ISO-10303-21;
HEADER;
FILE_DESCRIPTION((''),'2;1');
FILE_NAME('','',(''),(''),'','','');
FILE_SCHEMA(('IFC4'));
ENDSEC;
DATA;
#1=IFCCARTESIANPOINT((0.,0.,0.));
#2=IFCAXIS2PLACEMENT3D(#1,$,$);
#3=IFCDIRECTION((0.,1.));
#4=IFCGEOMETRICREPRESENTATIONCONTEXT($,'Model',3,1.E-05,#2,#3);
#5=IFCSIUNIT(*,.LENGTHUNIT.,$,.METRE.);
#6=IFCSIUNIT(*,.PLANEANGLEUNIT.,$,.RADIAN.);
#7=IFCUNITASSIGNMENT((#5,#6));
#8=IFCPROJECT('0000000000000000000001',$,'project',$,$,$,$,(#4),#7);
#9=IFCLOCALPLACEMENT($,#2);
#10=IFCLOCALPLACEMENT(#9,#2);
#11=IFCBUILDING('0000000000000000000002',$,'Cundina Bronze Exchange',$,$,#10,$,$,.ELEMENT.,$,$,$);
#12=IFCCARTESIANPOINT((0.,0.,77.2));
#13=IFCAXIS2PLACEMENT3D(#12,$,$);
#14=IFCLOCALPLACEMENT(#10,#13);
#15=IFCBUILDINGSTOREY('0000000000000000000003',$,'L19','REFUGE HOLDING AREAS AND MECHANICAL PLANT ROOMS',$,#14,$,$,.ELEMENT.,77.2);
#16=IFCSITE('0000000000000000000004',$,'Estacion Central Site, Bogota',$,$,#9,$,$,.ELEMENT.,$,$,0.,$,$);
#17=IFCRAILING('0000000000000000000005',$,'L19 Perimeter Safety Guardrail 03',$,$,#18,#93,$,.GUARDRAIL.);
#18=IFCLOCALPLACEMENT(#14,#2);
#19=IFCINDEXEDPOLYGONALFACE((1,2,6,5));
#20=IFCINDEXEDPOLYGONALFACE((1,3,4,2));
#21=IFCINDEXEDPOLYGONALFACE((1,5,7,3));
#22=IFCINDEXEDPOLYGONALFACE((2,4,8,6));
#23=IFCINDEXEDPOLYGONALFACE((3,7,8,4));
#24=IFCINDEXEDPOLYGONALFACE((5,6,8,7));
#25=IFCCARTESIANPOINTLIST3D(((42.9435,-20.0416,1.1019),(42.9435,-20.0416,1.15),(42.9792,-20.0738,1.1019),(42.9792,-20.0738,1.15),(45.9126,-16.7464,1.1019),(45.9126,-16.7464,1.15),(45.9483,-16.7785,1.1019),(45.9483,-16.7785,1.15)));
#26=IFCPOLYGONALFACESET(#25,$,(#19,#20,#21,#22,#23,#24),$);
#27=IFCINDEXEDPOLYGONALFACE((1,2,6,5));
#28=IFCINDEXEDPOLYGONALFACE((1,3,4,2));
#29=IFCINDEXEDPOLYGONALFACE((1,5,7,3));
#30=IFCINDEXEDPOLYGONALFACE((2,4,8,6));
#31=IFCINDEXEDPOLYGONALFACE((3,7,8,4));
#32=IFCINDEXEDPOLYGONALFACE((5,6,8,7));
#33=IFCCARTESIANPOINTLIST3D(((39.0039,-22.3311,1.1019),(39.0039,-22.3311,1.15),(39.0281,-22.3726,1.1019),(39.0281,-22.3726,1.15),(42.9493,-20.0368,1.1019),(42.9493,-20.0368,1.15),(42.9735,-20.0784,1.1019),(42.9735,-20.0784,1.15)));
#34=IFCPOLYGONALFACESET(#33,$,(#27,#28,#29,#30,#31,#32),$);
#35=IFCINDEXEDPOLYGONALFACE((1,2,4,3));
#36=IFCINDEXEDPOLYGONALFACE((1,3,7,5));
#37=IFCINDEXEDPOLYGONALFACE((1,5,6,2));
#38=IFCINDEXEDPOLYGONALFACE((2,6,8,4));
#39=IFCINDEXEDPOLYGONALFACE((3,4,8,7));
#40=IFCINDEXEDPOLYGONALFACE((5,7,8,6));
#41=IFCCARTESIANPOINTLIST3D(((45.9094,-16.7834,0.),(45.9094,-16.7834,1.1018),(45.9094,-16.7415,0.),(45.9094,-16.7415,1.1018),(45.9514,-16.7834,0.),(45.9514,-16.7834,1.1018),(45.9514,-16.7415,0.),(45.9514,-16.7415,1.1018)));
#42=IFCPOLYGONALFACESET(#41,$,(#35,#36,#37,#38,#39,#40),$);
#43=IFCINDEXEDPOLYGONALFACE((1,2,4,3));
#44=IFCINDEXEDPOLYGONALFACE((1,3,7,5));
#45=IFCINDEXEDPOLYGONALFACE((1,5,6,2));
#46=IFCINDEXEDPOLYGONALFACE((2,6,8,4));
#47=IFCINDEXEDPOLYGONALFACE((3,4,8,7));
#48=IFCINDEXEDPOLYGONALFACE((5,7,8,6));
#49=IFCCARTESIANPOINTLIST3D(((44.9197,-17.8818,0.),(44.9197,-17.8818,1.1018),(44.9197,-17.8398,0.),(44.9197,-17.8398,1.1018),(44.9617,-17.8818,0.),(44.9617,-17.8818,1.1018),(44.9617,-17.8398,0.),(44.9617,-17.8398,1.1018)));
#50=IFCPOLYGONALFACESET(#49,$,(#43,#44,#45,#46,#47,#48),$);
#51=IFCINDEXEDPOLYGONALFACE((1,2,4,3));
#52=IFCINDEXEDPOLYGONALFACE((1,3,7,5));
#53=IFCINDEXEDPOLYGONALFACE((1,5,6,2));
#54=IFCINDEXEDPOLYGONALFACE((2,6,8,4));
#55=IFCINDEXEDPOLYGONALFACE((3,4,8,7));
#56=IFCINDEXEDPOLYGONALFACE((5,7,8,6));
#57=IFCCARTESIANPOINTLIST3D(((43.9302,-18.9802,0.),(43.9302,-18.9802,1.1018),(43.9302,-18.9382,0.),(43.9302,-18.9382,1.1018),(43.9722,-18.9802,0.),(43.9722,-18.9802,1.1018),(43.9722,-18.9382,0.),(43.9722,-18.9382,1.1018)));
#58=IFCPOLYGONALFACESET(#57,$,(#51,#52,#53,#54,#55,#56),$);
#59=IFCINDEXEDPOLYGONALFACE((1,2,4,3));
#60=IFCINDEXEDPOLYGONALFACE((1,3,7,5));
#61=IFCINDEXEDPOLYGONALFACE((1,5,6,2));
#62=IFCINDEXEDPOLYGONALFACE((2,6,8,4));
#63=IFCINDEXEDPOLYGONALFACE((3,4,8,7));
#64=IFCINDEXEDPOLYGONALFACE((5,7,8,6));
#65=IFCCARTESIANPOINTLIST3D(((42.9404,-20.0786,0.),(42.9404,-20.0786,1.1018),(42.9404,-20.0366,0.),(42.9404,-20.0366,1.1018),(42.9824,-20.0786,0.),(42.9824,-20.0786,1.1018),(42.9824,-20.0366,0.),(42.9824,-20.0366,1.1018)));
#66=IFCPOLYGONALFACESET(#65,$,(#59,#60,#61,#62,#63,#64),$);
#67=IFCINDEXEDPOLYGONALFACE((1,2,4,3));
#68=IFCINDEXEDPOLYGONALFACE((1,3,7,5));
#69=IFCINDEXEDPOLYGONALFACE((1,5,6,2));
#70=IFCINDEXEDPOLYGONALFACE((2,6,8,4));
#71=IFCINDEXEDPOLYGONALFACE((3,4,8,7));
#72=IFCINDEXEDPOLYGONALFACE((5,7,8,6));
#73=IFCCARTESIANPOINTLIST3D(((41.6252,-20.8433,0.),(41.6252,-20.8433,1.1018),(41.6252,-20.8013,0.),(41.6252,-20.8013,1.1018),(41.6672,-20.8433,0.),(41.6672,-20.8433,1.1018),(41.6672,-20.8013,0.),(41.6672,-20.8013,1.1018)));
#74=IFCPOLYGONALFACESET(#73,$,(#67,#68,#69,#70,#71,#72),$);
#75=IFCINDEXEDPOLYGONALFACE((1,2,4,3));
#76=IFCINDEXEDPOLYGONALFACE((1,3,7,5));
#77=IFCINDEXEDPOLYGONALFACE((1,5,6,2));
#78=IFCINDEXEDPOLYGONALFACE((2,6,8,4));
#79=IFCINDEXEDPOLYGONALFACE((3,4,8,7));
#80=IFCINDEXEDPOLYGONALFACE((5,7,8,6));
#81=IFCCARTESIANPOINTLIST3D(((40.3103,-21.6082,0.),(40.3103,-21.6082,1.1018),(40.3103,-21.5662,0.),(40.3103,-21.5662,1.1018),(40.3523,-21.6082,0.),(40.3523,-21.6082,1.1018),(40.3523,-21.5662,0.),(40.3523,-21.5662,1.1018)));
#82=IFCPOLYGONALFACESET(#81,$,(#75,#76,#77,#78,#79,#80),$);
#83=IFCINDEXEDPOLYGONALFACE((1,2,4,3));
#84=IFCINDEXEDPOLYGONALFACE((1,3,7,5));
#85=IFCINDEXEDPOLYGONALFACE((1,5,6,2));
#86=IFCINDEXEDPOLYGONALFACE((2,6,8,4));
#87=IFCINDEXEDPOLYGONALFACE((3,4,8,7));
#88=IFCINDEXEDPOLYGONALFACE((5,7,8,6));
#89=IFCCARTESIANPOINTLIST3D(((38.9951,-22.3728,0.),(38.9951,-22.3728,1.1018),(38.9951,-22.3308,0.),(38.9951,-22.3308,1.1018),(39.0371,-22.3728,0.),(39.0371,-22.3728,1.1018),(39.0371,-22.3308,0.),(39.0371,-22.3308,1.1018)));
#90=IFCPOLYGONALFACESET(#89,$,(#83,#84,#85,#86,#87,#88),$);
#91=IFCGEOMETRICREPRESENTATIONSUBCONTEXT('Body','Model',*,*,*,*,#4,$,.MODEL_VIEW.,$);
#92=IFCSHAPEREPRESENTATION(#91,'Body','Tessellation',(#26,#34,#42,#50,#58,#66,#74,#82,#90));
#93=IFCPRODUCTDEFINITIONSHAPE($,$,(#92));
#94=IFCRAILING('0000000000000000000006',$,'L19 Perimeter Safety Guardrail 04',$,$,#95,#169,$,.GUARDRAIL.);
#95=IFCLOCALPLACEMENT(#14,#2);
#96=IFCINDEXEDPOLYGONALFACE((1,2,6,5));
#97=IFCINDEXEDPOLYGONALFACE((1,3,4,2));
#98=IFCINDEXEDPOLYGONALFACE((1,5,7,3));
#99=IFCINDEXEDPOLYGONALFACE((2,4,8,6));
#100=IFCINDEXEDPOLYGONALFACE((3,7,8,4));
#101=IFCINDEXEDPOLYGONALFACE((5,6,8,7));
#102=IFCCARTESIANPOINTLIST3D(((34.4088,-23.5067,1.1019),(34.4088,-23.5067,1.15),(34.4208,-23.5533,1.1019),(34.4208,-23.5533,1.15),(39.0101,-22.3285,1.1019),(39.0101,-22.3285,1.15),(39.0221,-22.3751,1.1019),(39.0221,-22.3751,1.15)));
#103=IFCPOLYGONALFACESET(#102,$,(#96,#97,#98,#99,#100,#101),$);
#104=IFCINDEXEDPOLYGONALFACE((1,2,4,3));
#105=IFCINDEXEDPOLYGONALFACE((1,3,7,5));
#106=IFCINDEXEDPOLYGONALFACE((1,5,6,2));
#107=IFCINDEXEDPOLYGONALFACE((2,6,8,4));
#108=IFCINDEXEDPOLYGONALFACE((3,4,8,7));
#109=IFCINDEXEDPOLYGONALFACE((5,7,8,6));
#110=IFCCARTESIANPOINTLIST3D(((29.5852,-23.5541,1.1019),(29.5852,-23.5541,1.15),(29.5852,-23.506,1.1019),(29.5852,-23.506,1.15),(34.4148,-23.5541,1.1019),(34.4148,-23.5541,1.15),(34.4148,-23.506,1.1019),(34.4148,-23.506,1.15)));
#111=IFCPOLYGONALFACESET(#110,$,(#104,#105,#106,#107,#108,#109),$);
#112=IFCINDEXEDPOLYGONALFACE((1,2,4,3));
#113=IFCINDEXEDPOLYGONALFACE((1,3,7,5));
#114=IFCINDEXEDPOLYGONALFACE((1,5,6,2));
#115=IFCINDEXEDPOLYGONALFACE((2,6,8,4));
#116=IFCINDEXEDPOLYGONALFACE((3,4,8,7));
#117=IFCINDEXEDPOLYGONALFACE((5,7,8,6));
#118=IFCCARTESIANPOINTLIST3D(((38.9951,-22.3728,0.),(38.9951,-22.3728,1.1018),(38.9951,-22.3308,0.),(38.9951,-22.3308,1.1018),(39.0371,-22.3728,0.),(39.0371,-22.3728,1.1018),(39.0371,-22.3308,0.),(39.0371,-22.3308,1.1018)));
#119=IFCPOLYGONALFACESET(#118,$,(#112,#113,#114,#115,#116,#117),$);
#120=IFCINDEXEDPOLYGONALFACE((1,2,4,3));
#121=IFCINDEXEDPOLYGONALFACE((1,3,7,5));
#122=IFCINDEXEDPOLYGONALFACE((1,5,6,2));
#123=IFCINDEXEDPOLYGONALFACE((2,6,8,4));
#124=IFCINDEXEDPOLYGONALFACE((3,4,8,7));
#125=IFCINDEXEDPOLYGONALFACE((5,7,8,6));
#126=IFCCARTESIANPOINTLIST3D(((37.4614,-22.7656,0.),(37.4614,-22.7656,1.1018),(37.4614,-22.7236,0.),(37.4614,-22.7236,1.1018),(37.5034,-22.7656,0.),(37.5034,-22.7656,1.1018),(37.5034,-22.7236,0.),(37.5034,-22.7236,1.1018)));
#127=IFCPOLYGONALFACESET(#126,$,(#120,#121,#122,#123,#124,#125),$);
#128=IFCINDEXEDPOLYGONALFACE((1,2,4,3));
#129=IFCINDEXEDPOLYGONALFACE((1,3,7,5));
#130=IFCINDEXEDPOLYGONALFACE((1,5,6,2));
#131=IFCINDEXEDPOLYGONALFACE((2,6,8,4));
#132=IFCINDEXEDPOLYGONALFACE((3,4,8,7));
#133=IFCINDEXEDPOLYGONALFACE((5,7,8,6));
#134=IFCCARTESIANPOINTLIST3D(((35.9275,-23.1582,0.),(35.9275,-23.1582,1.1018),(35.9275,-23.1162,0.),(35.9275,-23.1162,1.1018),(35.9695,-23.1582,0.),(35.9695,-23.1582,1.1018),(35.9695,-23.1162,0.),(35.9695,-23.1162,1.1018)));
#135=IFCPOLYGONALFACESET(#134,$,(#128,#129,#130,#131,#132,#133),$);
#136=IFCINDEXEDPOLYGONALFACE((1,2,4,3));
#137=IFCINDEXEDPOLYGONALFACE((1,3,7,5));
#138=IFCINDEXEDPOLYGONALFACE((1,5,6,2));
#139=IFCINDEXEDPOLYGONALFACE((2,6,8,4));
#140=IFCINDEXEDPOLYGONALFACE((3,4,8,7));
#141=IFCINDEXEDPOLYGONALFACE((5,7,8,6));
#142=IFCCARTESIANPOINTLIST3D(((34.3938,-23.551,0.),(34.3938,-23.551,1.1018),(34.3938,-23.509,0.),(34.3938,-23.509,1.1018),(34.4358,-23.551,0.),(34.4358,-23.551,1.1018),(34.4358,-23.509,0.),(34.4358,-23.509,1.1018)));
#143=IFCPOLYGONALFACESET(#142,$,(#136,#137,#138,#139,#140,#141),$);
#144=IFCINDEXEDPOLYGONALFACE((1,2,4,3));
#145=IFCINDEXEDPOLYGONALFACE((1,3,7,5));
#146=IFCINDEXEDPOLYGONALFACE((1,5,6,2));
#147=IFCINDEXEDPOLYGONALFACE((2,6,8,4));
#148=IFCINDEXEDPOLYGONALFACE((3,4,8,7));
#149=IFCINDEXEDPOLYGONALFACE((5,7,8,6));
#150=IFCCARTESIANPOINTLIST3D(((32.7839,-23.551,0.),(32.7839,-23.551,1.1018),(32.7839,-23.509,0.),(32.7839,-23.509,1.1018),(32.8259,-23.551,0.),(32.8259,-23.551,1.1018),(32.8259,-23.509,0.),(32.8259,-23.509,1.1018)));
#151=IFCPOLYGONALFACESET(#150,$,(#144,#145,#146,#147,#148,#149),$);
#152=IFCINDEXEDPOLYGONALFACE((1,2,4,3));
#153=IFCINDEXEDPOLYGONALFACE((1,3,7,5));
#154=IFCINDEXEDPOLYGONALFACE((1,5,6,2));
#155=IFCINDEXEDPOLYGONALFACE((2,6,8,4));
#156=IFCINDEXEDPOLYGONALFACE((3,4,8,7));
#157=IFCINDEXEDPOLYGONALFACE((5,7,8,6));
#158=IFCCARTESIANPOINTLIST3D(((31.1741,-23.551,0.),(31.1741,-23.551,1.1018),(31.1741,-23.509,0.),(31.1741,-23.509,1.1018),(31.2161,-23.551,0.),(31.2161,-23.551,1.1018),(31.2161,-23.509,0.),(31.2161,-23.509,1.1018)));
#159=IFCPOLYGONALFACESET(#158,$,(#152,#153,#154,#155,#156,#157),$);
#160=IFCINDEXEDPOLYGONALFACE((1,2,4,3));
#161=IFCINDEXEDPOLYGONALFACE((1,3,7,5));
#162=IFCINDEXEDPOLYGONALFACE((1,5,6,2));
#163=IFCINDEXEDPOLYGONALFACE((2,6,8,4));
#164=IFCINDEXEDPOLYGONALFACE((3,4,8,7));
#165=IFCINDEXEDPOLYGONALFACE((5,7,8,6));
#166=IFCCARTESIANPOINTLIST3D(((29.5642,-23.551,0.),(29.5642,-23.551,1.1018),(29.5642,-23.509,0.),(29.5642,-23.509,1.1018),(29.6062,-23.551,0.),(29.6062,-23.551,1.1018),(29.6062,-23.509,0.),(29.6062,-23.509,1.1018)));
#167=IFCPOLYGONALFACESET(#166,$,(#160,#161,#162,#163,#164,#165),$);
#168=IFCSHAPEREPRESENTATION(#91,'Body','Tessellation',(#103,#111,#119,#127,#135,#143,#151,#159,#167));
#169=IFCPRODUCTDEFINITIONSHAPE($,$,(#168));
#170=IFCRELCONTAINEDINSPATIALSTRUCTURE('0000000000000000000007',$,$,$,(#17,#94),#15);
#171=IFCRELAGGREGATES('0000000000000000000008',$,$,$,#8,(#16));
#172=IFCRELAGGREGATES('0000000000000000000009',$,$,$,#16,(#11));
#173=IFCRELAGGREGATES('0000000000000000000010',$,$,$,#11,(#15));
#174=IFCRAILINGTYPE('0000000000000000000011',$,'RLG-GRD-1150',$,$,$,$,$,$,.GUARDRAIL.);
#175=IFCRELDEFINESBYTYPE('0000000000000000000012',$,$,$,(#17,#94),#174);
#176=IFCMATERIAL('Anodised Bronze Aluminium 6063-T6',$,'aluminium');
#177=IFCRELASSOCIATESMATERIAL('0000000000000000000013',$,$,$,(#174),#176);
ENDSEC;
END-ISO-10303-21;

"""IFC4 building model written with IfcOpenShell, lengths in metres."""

from ifc_helpers import new_model, si_unit, direction, frame, origin, origin_2d, place, context, subcontext, project, spatial, rectangle, extrude, material, type_object, element, save


model = new_model("IFC4")

# Units and contexts
model_context = context("Model", 3, precision=1e-05, world=origin(), true_north=direction((0.0, 1.0)))
body_context = subcontext(model_context, "Body", "Model", "MODEL_VIEW")
ifc_project = project(units=[si_unit("LENGTHUNIT", "METRE"), si_unit("PLANEANGLEUNIT", "RADIAN")], contexts=[model_context])

# Site, building, storey
site_placement = place(None, origin())
site = spatial("IfcSite", under=ifc_project, at=site_placement, Name="Estacion Central Site, Bogota", CompositionType="ELEMENT", RefElevation=0.0)
building_placement = place(site_placement, origin())
building = spatial("IfcBuilding", under=site, at=building_placement, Name="Cundina Bronze Exchange", CompositionType="ELEMENT")
storey_placement = place(building_placement, frame((0.0, 0.0, 77.2)))
storey = spatial("IfcBuildingStorey", under=building, at=storey_placement, Name="L19", Description="REFUGE HOLDING AREAS AND MECHANICAL PLANT ROOMS", CompositionType="ELEMENT", Elevation=77.2)

# Railings
ifc_material_1 = material(Name="Anodised Bronze Aluminium 6063-T6", Category="aluminium")
railing_type = type_object("IfcRailingType", Name="RLG-GRD-1150", PredefinedType="GUARDRAIL", material=ifc_material_1)
railing_1_placement = place(storey_placement, frame((45.9304, -16.7625, 0.0)))
element("IfcRailing", 1, at=railing_1_placement, inside=storey, type_object=railing_type, Name="L19 Perimeter Safety Guardrail 03", PredefinedType="GUARDRAIL", context=body_context, shape_type="SweptSolid", body=[
    extrude(rectangle(XDim=0.0481, YDim=0.0481, at=origin_2d()), frame((0.0, 0.0, 1.126), z_axis=(-0.669381, -0.742919, 0.0), x_axis=(0.742919, -0.669381, 0.0)), (0.0, 0.0, 1.0), 4.4355),
    extrude(rectangle(XDim=0.0481, YDim=0.0481, at=origin_2d()), frame((-2.969, -3.2952, 1.126), z_axis=(-0.864469, -0.502686, 0.0), x_axis=(0.502686, -0.864469, 0.0)), (0.0, 0.0, 1.0), 4.564),
    extrude(rectangle(XDim=0.042, YDim=0.042, at=origin_2d()), origin(), (0.0, 0.0, 1.0), 1.1018),
    extrude(rectangle(XDim=0.042, YDim=0.042, at=origin_2d()), frame((-0.9897, -1.0984, 0.0)), (0.0, 0.0, 1.0), 1.1018),
    extrude(rectangle(XDim=0.042, YDim=0.042, at=origin_2d()), frame((-1.9792, -2.1968, 0.0)), (0.0, 0.0, 1.0), 1.1018),
    extrude(rectangle(XDim=0.042, YDim=0.042, at=origin_2d()), frame((-2.969, -3.2952, 0.0)), (0.0, 0.0, 1.0), 1.1018),
    extrude(rectangle(XDim=0.042, YDim=0.042, at=origin_2d()), frame((-4.2842, -4.0598, 0.0)), (0.0, 0.0, 1.0), 1.1018),
    extrude(rectangle(XDim=0.042, YDim=0.042, at=origin_2d()), frame((-5.5991, -4.8247, 0.0)), (0.0, 0.0, 1.0), 1.1018),
    extrude(rectangle(XDim=0.042, YDim=0.042, at=origin_2d()), frame((-6.9143, -5.5894, 0.0)), (0.0, 0.0, 1.0), 1.1018),
])
railing_2_placement = place(storey_placement, frame((39.0161, -22.3518, 0.0)))
element("IfcRailing", 2, at=railing_2_placement, inside=storey, type_object=railing_type, Name="L19 Perimeter Safety Guardrail 04", PredefinedType="GUARDRAIL", context=body_context, shape_type="SweptSolid", body=[
    extrude(rectangle(XDim=0.0481, YDim=0.0481, at=origin_2d()), frame((0.0, 0.0, 1.126), z_axis=(-0.968745, -0.248059, 0.0), x_axis=(0.248059, -0.968745, 0.0)), (0.0, 0.0, 1.0), 4.7498),
    extrude(rectangle(XDim=0.0481, YDim=0.0481, at=origin_2d()), frame((-4.6013, -1.1782, 1.126), z_axis=(-1.0, 0.0, 0.0), x_axis=(0.0, -1.0, 0.0)), (0.0, 0.0, 1.0), 4.8296),
    extrude(rectangle(XDim=0.042, YDim=0.042, at=origin_2d()), origin(), (0.0, 0.0, 1.0), 1.1018),
    extrude(rectangle(XDim=0.042, YDim=0.042, at=origin_2d()), frame((-1.5337, -0.3928, 0.0)), (0.0, 0.0, 1.0), 1.1018),
    extrude(rectangle(XDim=0.042, YDim=0.042, at=origin_2d()), frame((-3.0676, -0.7854, 0.0)), (0.0, 0.0, 1.0), 1.1018),
    extrude(rectangle(XDim=0.042, YDim=0.042, at=origin_2d()), frame((-4.6013, -1.1782, 0.0)), (0.0, 0.0, 1.0), 1.1018),
    extrude(rectangle(XDim=0.042, YDim=0.042, at=origin_2d()), frame((-6.2112, -1.1782, 0.0)), (0.0, 0.0, 1.0), 1.1018),
    extrude(rectangle(XDim=0.042, YDim=0.042, at=origin_2d()), frame((-7.821, -1.1782, 0.0)), (0.0, 0.0, 1.0), 1.1018),
    extrude(rectangle(XDim=0.042, YDim=0.042, at=origin_2d()), frame((-9.4309, -1.1782, 0.0)), (0.0, 0.0, 1.0), 1.1018),
])

save(model, "model.ifc")
